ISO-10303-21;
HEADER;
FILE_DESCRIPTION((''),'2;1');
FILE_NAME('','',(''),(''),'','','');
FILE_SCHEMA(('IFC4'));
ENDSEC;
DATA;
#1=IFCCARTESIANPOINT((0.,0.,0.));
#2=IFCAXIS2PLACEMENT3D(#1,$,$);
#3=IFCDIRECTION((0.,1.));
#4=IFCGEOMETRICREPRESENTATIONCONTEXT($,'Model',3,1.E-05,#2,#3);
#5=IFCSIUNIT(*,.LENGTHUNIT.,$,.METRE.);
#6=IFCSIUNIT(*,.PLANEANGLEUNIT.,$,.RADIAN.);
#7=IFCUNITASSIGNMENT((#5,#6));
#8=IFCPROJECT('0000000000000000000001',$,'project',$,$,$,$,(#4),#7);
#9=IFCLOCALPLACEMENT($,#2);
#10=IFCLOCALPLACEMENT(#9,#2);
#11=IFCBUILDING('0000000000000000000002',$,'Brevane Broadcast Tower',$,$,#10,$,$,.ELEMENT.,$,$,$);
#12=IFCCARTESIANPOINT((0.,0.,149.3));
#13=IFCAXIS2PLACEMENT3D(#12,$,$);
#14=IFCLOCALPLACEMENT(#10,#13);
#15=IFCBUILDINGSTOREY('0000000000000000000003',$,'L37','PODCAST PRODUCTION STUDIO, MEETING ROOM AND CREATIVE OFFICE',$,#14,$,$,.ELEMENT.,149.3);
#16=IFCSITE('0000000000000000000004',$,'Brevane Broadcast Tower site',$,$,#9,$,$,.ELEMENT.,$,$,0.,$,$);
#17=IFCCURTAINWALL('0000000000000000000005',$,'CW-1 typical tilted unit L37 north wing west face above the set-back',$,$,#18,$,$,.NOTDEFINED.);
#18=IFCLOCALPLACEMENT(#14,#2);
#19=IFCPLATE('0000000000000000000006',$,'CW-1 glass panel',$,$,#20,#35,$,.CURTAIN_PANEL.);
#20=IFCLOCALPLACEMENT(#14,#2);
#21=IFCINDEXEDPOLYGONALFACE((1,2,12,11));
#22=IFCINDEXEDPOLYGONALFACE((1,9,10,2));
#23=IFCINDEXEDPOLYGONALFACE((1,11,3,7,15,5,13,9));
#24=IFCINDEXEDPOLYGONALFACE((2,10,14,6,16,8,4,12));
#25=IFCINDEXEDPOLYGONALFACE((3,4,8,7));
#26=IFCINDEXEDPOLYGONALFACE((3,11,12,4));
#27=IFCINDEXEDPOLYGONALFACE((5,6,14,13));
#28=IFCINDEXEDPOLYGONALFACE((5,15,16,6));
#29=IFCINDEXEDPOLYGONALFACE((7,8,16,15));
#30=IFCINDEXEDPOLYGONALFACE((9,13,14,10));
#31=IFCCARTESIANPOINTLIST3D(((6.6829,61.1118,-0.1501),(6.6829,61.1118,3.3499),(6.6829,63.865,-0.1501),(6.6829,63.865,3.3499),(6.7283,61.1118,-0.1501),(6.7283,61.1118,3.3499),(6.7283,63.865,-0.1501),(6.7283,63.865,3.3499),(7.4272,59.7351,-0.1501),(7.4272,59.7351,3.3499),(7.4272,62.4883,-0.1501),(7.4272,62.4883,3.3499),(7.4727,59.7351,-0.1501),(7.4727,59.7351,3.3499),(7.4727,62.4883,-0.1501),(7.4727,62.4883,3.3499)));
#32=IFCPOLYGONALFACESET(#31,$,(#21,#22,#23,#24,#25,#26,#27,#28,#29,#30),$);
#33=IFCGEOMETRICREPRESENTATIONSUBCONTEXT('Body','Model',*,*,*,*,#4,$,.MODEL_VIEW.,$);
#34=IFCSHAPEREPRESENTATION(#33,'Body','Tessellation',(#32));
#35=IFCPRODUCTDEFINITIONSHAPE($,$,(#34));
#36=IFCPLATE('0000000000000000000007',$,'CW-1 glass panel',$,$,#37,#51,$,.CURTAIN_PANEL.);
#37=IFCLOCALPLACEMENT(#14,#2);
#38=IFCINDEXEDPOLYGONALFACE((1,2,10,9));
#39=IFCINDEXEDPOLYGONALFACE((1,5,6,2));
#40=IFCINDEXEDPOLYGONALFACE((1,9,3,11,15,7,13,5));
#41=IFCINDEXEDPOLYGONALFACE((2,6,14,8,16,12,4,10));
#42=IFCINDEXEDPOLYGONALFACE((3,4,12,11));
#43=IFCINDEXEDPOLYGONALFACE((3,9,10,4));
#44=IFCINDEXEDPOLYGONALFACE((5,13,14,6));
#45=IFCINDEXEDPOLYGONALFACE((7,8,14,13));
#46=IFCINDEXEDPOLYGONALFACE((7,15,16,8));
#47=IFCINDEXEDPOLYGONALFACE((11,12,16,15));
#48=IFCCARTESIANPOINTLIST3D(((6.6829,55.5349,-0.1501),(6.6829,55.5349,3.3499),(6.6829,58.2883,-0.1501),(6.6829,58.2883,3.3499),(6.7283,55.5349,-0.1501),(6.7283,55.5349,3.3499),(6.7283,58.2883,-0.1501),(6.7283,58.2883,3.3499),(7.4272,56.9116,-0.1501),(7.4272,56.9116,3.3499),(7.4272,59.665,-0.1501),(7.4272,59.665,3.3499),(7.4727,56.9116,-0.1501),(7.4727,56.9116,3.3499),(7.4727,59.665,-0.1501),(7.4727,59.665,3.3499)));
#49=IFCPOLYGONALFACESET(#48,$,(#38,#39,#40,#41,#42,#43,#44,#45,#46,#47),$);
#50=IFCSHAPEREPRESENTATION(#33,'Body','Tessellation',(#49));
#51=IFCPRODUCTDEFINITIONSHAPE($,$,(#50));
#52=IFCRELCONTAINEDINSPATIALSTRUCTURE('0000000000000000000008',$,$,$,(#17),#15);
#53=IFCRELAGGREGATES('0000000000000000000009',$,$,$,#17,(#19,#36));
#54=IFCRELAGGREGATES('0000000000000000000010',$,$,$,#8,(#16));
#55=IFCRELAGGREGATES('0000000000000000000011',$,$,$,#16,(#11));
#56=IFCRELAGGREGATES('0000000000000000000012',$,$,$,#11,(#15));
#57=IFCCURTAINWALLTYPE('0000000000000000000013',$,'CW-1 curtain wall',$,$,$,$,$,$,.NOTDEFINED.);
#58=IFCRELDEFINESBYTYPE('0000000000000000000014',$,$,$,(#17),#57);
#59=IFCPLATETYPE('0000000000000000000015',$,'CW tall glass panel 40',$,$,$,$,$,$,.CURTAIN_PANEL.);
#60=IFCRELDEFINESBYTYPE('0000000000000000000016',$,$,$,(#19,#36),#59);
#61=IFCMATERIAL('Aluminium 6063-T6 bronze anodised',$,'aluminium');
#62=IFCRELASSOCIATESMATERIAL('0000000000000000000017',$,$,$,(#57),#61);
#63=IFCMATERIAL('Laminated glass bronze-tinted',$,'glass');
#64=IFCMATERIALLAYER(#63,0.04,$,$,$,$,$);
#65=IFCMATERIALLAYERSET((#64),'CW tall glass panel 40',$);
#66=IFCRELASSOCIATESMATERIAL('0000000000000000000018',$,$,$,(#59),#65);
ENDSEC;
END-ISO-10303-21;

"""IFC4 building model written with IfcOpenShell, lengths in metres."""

from ifc_helpers import new_model, si_unit, direction, frame, origin, place, context, subcontext, project, spatial, polyline, outline, extrude, material, layer, layer_set, type_object, element, aggregate, save


model = new_model("IFC4")

# Units and contexts
model_context = context("Model", 3, precision=1e-05, world=origin(), true_north=direction((0.0, 1.0)))
body_context = subcontext(model_context, "Body", "Model", "MODEL_VIEW")
ifc_project = project(units=[si_unit("LENGTHUNIT", "METRE"), si_unit("PLANEANGLEUNIT", "RADIAN")], contexts=[model_context])

# Site, building, storey
site_placement = place(None, origin())
site = spatial("IfcSite", under=ifc_project, at=site_placement, Name="Brevane Broadcast Tower site", CompositionType="ELEMENT", RefElevation=0.0)
building_placement = place(site_placement, origin())
building = spatial("IfcBuilding", under=site, at=building_placement, Name="Brevane Broadcast Tower", CompositionType="ELEMENT")
storey_placement = place(building_placement, frame((0.0, 0.0, 149.3)))
storey = spatial("IfcBuildingStorey", under=building, at=storey_placement, Name="L37", Description="PODCAST PRODUCTION STUDIO, MEETING ROOM AND CREATIVE OFFICE", CompositionType="ELEMENT", Elevation=149.3)

# Shared definitions
ifc_material_1 = material(Name="Aluminium 6063-T6 bronze anodised", Category="aluminium")
curtain_wall_type = type_object("IfcCurtainWallType", Name="CW-1 curtain wall", PredefinedType="NOTDEFINED", material=ifc_material_1)

# Curtain wall, plates
ifc_material_2 = material(Name="Laminated glass bronze-tinted", Category="glass")
ifc_layer = layer(ifc_material_2, 0.04)
ifc_layer_set = layer_set([ifc_layer], Name="CW tall glass panel 40")
plate_type = type_object("IfcPlateType", Name="CW tall glass panel 40", PredefinedType="CURTAIN_PANEL", material=ifc_layer_set)
curtain_wall_1_placement = place(storey_placement, origin())
curtain_wall_1 = element("IfcCurtainWall", 1, at=curtain_wall_1_placement, inside=storey, type_object=curtain_wall_type, Name="CW-1 typical tilted unit L37 north wing west face above the set-back", PredefinedType="NOTDEFINED")
plate_1_placement = place(storey_placement, frame((0.0, 0.0, -0.1501)))
plate_1 = element("IfcPlate", 2, at=plate_1_placement, type_object=plate_type, Name="CW-1 glass panel", PredefinedType="CURTAIN_PANEL", context=body_context, shape_type="SweptSolid", body=[
    extrude(outline(polyline([(6.7283, 63.865), (6.6829, 63.865), (7.4272, 62.4883), (6.6829, 61.1118), (7.4272, 59.7351), (7.4727, 59.7351), (6.7283, 61.1118), (7.4727, 62.4883), (6.7283, 63.865)])), origin(), (0.0, 0.0, 1.0), 3.5),
])
plate_2_placement = place(storey_placement, frame((0.0, 0.0, -0.1501)))
plate_2 = element("IfcPlate", 3, at=plate_2_placement, type_object=plate_type, Name="CW-1 glass panel", PredefinedType="CURTAIN_PANEL", context=body_context, shape_type="SweptSolid", body=[
    extrude(outline(polyline([(7.4727, 59.665), (7.4272, 59.665), (6.6829, 58.2883), (7.4272, 56.9116), (6.6829, 55.5349), (6.7283, 55.5349), (7.4727, 56.9116), (6.7283, 58.2883), (7.4727, 59.665)])), origin(), (0.0, 0.0, 1.0), 3.5),
])
aggregate(curtain_wall_1, [plate_1, plate_2])

save(model, "model.ifc")
